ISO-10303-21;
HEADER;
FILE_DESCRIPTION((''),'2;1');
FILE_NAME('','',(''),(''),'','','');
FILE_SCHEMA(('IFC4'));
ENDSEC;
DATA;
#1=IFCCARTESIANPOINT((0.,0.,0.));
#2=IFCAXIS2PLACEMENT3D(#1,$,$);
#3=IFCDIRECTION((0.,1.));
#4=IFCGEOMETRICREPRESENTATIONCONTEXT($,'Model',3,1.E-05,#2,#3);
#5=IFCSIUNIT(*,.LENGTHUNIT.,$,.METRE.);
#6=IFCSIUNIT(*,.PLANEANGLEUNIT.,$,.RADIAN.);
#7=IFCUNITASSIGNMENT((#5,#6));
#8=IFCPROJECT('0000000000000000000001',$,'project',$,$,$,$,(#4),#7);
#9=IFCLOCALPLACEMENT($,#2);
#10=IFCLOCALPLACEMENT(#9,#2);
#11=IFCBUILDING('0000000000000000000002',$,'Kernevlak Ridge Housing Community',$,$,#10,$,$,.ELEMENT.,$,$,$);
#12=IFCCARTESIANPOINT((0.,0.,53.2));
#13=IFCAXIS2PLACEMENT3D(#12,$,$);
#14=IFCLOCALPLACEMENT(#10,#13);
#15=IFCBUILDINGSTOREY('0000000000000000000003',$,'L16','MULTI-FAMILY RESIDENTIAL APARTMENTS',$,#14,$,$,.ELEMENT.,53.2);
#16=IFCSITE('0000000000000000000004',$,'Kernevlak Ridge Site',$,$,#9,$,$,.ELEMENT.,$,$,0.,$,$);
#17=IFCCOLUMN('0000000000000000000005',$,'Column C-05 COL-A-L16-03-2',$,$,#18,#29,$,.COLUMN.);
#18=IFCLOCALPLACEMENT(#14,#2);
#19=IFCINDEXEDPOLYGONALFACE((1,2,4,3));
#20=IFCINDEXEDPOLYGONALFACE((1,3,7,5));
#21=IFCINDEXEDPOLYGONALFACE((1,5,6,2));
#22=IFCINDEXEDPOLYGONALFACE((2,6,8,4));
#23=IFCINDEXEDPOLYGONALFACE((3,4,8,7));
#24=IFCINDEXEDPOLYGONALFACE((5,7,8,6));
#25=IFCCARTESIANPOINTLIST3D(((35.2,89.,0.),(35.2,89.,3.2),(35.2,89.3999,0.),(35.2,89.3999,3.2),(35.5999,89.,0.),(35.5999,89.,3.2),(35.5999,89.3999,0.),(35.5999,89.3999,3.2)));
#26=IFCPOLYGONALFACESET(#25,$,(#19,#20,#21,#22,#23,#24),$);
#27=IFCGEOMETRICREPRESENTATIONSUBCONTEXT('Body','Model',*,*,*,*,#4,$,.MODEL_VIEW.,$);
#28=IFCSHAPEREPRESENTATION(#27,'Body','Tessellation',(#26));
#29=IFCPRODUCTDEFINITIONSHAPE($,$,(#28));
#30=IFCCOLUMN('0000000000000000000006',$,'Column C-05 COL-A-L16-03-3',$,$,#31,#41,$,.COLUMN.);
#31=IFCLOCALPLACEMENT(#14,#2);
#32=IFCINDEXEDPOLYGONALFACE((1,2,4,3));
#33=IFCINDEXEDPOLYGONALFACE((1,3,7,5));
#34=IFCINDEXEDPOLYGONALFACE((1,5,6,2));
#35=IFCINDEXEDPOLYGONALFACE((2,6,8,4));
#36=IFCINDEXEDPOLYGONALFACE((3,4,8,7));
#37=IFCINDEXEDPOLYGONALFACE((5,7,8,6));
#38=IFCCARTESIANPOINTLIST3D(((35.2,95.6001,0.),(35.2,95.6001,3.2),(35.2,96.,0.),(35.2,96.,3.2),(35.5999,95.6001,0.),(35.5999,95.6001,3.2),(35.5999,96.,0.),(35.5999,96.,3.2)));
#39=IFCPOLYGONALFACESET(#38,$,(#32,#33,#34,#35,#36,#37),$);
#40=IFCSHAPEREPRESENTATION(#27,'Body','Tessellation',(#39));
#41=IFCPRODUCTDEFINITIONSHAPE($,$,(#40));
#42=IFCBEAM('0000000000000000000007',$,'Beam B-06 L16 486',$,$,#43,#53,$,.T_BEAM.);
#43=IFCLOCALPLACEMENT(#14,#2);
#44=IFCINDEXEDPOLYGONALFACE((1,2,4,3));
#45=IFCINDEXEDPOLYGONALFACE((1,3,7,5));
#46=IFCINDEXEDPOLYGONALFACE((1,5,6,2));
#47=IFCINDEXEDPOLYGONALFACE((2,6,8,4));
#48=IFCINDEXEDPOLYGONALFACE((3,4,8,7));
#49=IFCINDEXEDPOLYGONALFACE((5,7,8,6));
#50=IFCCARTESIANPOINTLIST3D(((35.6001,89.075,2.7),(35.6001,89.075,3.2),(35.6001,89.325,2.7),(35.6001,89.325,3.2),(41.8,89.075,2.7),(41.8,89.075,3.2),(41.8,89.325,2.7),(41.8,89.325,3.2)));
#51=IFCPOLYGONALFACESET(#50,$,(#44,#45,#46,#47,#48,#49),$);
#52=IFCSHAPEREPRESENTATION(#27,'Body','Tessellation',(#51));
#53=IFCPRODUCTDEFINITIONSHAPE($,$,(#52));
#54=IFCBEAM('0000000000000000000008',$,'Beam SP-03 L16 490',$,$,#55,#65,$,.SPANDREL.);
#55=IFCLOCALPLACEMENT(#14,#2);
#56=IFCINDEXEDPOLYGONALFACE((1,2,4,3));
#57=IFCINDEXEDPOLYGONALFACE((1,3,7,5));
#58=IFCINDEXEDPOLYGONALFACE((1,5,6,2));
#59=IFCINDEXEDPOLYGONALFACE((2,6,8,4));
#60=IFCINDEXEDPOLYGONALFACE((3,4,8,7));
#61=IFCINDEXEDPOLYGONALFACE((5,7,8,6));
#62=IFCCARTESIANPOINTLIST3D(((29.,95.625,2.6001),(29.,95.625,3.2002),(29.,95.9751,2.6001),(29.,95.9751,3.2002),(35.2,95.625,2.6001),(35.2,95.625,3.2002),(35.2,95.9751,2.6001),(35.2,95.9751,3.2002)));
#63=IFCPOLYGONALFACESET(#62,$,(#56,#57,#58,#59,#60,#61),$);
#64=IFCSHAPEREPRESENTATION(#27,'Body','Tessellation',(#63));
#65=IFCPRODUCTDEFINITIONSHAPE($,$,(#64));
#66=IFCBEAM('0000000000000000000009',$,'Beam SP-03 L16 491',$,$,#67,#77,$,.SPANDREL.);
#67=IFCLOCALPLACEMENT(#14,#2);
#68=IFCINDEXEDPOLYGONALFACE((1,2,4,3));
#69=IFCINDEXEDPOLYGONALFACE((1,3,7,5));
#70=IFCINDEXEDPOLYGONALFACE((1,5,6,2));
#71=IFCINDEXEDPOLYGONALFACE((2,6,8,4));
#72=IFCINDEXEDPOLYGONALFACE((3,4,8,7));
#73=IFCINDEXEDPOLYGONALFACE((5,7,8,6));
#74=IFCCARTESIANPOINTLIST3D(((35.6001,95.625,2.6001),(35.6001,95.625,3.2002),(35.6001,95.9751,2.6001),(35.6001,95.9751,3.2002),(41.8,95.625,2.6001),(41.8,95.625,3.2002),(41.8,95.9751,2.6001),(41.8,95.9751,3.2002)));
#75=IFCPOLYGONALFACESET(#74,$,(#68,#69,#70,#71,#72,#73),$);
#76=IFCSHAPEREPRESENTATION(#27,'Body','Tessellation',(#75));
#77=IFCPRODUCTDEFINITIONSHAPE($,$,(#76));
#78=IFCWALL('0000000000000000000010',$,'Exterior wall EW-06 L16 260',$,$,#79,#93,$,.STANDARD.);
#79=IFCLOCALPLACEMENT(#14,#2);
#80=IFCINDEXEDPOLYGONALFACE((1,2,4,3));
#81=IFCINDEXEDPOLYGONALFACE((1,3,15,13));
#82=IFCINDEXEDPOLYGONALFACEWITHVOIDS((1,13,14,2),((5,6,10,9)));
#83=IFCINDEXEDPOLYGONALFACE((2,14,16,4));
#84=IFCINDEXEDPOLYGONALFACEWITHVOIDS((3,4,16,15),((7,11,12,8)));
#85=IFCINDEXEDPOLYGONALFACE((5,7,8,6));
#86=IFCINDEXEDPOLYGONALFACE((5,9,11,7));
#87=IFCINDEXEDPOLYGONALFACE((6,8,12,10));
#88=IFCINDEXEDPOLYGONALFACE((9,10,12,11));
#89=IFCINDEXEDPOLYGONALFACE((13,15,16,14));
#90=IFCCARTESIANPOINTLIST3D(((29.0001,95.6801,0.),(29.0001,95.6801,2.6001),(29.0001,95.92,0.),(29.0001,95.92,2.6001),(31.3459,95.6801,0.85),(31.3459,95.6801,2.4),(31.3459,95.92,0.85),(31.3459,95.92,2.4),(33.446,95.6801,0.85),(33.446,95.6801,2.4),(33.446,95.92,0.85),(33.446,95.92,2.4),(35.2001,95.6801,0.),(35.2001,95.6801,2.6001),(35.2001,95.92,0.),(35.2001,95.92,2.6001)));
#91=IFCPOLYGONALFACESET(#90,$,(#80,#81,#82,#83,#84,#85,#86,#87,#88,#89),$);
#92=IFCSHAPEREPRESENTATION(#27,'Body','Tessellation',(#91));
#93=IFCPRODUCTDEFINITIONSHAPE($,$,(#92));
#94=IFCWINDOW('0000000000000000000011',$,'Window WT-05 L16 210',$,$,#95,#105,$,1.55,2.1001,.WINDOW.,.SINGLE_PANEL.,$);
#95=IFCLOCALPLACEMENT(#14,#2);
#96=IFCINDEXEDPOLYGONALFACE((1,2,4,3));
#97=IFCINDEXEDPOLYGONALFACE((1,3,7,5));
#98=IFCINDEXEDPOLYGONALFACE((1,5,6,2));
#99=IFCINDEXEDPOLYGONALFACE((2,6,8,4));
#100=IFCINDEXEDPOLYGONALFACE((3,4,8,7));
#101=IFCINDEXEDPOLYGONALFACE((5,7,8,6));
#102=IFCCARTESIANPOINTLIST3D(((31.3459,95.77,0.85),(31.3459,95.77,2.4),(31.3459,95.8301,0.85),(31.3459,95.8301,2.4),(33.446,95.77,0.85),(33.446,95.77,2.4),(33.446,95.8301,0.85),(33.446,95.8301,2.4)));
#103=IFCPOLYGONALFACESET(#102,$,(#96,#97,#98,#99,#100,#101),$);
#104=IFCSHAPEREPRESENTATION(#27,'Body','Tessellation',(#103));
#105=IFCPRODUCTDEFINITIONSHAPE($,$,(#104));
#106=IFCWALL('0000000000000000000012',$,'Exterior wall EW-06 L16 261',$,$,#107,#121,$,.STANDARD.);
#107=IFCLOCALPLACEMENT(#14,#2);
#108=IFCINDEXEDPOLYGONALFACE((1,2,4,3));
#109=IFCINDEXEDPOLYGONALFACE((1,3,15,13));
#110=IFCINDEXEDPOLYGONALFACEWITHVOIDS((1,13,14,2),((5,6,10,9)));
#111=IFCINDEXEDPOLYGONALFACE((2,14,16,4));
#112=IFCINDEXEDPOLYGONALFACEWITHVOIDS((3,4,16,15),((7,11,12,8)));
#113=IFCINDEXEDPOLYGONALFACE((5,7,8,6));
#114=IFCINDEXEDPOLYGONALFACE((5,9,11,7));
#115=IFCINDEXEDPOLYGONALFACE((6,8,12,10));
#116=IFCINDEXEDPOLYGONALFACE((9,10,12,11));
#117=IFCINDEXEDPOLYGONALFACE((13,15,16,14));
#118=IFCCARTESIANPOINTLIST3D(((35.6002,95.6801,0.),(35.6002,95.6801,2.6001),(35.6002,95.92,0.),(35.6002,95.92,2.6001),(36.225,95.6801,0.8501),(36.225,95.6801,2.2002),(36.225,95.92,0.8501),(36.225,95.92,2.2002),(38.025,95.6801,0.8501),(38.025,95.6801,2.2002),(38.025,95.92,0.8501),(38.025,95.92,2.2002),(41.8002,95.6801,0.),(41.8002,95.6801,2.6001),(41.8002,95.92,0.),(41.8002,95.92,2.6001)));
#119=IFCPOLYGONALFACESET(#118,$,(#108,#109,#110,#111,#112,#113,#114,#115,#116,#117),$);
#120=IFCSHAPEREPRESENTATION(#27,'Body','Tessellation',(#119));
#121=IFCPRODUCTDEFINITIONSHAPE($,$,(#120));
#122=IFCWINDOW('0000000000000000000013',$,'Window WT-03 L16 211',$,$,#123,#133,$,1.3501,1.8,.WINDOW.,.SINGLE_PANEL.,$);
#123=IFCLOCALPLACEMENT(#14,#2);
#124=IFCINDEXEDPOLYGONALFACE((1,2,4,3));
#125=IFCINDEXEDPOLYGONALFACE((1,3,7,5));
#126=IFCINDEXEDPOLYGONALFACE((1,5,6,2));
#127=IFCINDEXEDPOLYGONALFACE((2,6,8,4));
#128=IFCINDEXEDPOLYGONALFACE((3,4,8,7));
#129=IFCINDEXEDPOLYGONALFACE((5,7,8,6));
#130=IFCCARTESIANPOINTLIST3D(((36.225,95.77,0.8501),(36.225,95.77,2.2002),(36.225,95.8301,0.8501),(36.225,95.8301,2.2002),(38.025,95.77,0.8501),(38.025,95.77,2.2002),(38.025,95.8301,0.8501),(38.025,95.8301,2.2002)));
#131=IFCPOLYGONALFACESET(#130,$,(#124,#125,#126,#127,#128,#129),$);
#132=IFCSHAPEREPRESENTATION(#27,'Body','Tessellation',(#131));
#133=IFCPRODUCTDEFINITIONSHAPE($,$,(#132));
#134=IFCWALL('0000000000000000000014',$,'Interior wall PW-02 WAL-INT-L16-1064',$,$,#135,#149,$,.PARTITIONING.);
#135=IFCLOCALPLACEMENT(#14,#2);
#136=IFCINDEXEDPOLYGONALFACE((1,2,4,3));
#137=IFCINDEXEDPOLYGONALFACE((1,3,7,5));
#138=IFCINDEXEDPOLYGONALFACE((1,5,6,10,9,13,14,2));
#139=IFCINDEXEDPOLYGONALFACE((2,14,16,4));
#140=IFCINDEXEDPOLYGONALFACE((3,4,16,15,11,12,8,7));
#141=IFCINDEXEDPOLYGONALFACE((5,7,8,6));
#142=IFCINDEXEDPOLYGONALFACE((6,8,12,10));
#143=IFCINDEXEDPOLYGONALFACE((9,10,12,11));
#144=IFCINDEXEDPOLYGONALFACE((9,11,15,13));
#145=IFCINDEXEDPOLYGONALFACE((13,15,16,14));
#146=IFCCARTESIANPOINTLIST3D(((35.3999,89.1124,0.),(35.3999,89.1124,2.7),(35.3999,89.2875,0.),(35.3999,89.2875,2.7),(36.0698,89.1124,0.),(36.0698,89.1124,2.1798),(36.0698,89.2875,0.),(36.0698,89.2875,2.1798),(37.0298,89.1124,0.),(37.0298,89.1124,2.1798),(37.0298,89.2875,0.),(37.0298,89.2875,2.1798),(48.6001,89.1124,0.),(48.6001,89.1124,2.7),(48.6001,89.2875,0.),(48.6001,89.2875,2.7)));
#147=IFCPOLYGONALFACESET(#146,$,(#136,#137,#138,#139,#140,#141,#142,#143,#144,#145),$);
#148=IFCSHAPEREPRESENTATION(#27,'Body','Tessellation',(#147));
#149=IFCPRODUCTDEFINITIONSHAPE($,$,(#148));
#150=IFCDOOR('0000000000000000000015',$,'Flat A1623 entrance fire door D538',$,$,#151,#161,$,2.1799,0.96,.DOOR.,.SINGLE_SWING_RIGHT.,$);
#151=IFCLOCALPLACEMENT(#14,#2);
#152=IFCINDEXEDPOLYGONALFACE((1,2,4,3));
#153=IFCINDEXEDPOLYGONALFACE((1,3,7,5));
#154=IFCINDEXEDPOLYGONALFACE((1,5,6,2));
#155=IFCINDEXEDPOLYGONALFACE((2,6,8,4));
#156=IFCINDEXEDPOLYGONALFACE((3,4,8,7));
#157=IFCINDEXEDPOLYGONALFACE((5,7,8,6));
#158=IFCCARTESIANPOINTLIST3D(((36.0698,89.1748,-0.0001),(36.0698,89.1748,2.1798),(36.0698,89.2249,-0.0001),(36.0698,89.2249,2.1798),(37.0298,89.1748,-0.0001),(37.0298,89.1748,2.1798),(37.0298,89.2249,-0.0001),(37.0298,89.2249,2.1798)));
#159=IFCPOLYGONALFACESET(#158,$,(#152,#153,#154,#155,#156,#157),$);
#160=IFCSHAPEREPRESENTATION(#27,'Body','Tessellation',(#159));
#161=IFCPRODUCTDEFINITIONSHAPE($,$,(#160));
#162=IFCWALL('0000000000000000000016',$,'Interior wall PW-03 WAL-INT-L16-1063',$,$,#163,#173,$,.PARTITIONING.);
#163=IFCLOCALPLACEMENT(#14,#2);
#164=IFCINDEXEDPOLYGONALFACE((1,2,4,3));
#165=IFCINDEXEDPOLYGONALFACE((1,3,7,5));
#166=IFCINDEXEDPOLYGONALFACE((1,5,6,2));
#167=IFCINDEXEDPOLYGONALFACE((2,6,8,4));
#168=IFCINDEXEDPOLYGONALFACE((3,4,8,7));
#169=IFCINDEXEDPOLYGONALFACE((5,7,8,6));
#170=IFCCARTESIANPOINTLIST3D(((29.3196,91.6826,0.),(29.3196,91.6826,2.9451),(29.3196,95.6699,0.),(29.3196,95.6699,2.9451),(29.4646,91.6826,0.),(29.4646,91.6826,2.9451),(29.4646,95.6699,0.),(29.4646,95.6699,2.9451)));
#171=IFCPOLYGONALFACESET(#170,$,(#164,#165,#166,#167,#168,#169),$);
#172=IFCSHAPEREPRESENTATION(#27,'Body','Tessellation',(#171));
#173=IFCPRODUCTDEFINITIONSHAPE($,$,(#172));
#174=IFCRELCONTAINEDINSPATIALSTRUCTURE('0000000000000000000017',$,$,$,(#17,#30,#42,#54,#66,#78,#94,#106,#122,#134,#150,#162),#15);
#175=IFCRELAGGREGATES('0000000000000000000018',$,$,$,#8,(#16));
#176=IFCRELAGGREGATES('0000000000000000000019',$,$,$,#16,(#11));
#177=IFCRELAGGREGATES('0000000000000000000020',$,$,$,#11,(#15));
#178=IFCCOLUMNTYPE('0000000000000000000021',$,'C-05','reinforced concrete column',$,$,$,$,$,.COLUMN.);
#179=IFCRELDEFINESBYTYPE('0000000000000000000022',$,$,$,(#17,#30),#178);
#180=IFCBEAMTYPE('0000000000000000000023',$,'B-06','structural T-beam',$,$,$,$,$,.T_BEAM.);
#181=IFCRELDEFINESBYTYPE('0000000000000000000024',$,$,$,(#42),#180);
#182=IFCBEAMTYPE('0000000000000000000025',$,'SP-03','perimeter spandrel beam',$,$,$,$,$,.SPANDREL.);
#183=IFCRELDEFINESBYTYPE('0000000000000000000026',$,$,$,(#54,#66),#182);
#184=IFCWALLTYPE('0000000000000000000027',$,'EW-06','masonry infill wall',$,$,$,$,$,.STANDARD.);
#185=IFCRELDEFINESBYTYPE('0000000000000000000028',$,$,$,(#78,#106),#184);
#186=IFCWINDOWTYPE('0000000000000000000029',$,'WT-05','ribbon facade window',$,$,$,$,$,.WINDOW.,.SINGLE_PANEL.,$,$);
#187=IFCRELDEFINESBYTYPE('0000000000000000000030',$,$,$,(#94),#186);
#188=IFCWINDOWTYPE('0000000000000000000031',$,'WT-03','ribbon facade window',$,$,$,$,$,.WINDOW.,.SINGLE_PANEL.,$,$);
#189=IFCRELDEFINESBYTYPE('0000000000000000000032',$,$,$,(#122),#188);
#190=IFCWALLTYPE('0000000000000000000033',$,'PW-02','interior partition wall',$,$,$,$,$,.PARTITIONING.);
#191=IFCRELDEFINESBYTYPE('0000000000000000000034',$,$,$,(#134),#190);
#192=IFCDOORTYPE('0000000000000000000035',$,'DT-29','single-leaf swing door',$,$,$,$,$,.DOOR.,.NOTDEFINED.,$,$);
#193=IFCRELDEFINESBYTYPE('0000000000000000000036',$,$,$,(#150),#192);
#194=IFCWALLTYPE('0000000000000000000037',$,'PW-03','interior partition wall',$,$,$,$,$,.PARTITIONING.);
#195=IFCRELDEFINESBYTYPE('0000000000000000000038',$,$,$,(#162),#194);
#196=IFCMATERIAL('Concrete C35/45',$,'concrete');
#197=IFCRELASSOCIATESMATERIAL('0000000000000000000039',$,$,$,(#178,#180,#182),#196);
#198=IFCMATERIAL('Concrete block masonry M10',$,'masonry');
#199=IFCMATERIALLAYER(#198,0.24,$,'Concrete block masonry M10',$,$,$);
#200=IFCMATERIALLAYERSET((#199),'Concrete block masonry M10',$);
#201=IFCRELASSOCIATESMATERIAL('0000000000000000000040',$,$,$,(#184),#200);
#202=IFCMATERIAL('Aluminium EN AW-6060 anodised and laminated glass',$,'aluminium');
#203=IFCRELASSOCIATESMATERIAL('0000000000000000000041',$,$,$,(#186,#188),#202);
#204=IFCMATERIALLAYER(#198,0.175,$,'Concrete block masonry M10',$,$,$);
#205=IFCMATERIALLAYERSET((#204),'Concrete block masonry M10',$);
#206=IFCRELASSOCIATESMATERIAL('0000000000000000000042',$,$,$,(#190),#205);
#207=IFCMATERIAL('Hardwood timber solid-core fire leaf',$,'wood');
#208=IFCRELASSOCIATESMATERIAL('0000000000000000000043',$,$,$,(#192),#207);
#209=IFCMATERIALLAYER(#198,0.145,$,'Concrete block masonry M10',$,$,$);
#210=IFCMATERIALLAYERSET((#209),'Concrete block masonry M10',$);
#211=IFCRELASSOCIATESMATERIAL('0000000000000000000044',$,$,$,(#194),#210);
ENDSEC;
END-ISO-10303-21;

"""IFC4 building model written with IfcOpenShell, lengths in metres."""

from ifc_helpers import new_model, si_unit, direction, frame, frame_2d, origin, origin_2d, place, context, subcontext, project, spatial, rectangle, extrude, material, layer, layer_set, material_profile, profile_set, type_object, element, fill, save


model = new_model("IFC4")

# Units and contexts
model_context = context("Model", 3, precision=1e-05, world=origin(), true_north=direction((0.0, 1.0)))
body_context = subcontext(model_context, "Body", "Model", "MODEL_VIEW")
ifc_project = project(units=[si_unit("LENGTHUNIT", "METRE"), si_unit("PLANEANGLEUNIT", "RADIAN")], contexts=[model_context])

# Site, building, storey
site_placement = place(None, origin())
site = spatial("IfcSite", under=ifc_project, at=site_placement, Name="Kernevlak Ridge Site", CompositionType="ELEMENT", RefElevation=0.0)
building_placement = place(site_placement, origin())
building = spatial("IfcBuilding", under=site, at=building_placement, Name="Kernevlak Ridge Housing Community", CompositionType="ELEMENT")
storey_placement = place(building_placement, frame((0.0, 0.0, 53.2)))
storey = spatial("IfcBuildingStorey", under=building, at=storey_placement, Name="L16", Description="MULTI-FAMILY RESIDENTIAL APARTMENTS", CompositionType="ELEMENT", Elevation=53.2)

# Columns
ifc_material_1 = material(Name="Concrete C35/45", Category="concrete")
ifc_material_profile_1 = material_profile(ifc_material_1, rectangle(XDim=0.3999, YDim=0.3999, at=origin_2d()), Name="RC 400x400")
ifc_profile_set_1 = profile_set([ifc_material_profile_1], Name="Concrete C35/45")
column_type = type_object("IfcColumnType", Name="C-05", Description="reinforced concrete column", PredefinedType="COLUMN", material=ifc_profile_set_1)
for number, where, z_axis, x_axis, name in (
    (1, (35.3999, 89.2, 0.0), (0.0, 0.0, 1.0), (1.0, 0.0, 0.0), "Column C-05 COL-A-L16-03-2"),
    (2, (35.3999, 95.8, 0.0), (0.0, 0.0, 1.0), (1.0, 0.0, 0.0), "Column C-05 COL-A-L16-03-3"),
):
    element("IfcColumn", number, at=place(storey_placement, frame(where, z_axis=z_axis, x_axis=x_axis)), inside=storey, type_object=column_type, Name=name, PredefinedType="COLUMN", context=body_context, shape_type="SweptSolid", body=[
        extrude(rectangle(XDim=0.3999, YDim=0.3999, at=origin_2d()), origin(), (0.0, 0.0, 1.0), 3.2),
    ])

# Beams
ifc_material_profile_2 = material_profile(ifc_material_1, rectangle(XDim=0.25, YDim=0.5, at=origin_2d()), Name="RC 250x500")
ifc_profile_set_2 = profile_set([ifc_material_profile_2], Name="Concrete C35/45")
beam_type_1 = type_object("IfcBeamType", Name="B-06", Description="structural T-beam", PredefinedType="T_BEAM", material=ifc_profile_set_2)
beam_placement = place(storey_placement, frame((35.6001, 89.2, 2.95), z_axis=(1.0, 0.0, 0.0), x_axis=(0.0, 1.0, 0.0)))
element("IfcBeam", 3, at=beam_placement, inside=storey, type_object=beam_type_1, Name="Beam B-06 L16 486", PredefinedType="T_BEAM", context=body_context, shape_type="SweptSolid", body=[
    extrude(rectangle(XDim=0.25, YDim=0.5, at=origin_2d()), origin(), (0.0, 0.0, 1.0), 6.2),
])
ifc_material_profile_3 = material_profile(ifc_material_1, rectangle(XDim=0.3501, YDim=0.6001, at=origin_2d()), Name="RC 350x600")
ifc_profile_set_3 = profile_set([ifc_material_profile_3], Name="Concrete C35/45")
beam_type_2 = type_object("IfcBeamType", Name="SP-03", Description="perimeter spandrel beam", PredefinedType="SPANDREL", material=ifc_profile_set_3)
for number, where, z_axis, x_axis, name in (
    (4, (29.0, 95.8, 2.9001), (1.0, 0.0, 0.0), (0.0, 1.0, 0.0), "Beam SP-03 L16 490"),
    (5, (35.6001, 95.8, 2.9001), (1.0, 0.0, 0.0), (0.0, 1.0, 0.0), "Beam SP-03 L16 491"),
):
    element("IfcBeam", number, at=place(storey_placement, frame(where, z_axis=z_axis, x_axis=x_axis)), inside=storey, type_object=beam_type_2, Name=name, PredefinedType="SPANDREL", context=body_context, shape_type="SweptSolid", body=[
        extrude(rectangle(XDim=0.3501, YDim=0.6001, at=origin_2d()), origin(), (0.0, 0.0, 1.0), 6.2),
    ])

# Walls, openings, windows
ifc_material_2 = material(Name="Concrete block masonry M10", Category="masonry")
ifc_layer_1 = layer(ifc_material_2, 0.24, Name="Concrete block masonry M10")
ifc_layer_set_1 = layer_set([ifc_layer_1], Name="Concrete block masonry M10")
wall_type_1 = type_object("IfcWallType", Name="EW-06", Description="masonry infill wall", PredefinedType="STANDARD", material=ifc_layer_set_1)
wall_1_placement = place(storey_placement, frame((29.0, 95.8, 0.0), z_axis=(0.0, 0.0, 1.0), x_axis=(1.0, 0.0, 0.0)))
wall_1 = element("IfcWall", 6, at=wall_1_placement, inside=storey, type_object=wall_type_1, Name="Exterior wall EW-06 L16 260", PredefinedType="STANDARD", context=body_context, shape_type="SweptSolid", body=[
    extrude(rectangle(XDim=6.2, YDim=0.24, at=frame_2d((3.1001, 0.0))), origin(), (0.0, 0.0, 1.0), 2.6001),
])
opening_1_placement = place(wall_1_placement, frame((2.3459, 0.0, 0.8501)))
opening_1 = element("IfcOpeningElement", 7, at=opening_1_placement, cuts=wall_1, PredefinedType="OPENING", context=body_context, shape_type="SweptSolid", body=[
    extrude(rectangle(XDim=2.1001, YDim=1.55, at=frame_2d((1.05, 0.7749))), frame((0.0, 0.1299, 0.0), z_axis=(0.0, -1.0, 0.0), x_axis=(1.0, 0.0, 0.0)), (0.0, 0.0, 1.0), 0.26),
])
ifc_material_3 = material(Name="Aluminium EN AW-6060 anodised and laminated glass", Category="aluminium")
window_type_1 = type_object("IfcWindowType", Name="WT-05", Description="ribbon facade window", PartitioningType="SINGLE_PANEL", PredefinedType="WINDOW", material=ifc_material_3)
window_1_placement = place(opening_1_placement, origin())
window_1 = element("IfcWindow", 8, at=window_1_placement, inside=storey, type_object=window_type_1, Name="Window WT-05 L16 210", OverallHeight=1.55, OverallWidth=2.1001, PartitioningType="SINGLE_PANEL", PredefinedType="WINDOW", context=body_context, shape_type="SweptSolid", body=[
    extrude(rectangle(XDim=2.1001, YDim=1.55, at=frame_2d((1.05, 0.7749))), frame((0.0, 0.03, 0.0), z_axis=(0.0, -1.0, 0.0), x_axis=(1.0, 0.0, 0.0)), (0.0, 0.0, 1.0), 0.0601),
])
fill(opening_1, window_1)
wall_2_placement = place(storey_placement, frame((35.6001, 95.8, 0.0), z_axis=(0.0, 0.0, 1.0), x_axis=(1.0, 0.0, 0.0)))
wall_2 = element("IfcWall", 9, at=wall_2_placement, inside=storey, type_object=wall_type_1, Name="Exterior wall EW-06 L16 261", PredefinedType="STANDARD", context=body_context, shape_type="SweptSolid", body=[
    extrude(rectangle(XDim=6.2, YDim=0.24, at=frame_2d((3.1001, 0.0))), origin(), (0.0, 0.0, 1.0), 2.6001),
])
opening_2_placement = place(wall_2_placement, frame((0.625, 0.0, 0.8501)))
opening_2 = element("IfcOpeningElement", 10, at=opening_2_placement, cuts=wall_2, PredefinedType="OPENING", context=body_context, shape_type="SweptSolid", body=[
    extrude(rectangle(XDim=1.8, YDim=1.3501, at=frame_2d((0.8999, 0.675))), frame((0.0, 0.1299, 0.0), z_axis=(0.0, -1.0, 0.0), x_axis=(1.0, 0.0, 0.0)), (0.0, 0.0, 1.0), 0.26),
])
window_type_2 = type_object("IfcWindowType", Name="WT-03", Description="ribbon facade window", PartitioningType="SINGLE_PANEL", PredefinedType="WINDOW", material=ifc_material_3)
window_2_placement = place(opening_2_placement, origin())
window_2 = element("IfcWindow", 11, at=window_2_placement, inside=storey, type_object=window_type_2, Name="Window WT-03 L16 211", OverallHeight=1.3501, OverallWidth=1.8, PartitioningType="SINGLE_PANEL", PredefinedType="WINDOW", context=body_context, shape_type="SweptSolid", body=[
    extrude(rectangle(XDim=1.8, YDim=1.3501, at=frame_2d((0.8999, 0.675))), frame((0.0, 0.03, 0.0), z_axis=(0.0, -1.0, 0.0), x_axis=(1.0, 0.0, 0.0)), (0.0, 0.0, 1.0), 0.0601),
])
fill(opening_2, window_2)

# Wall, opening, door
ifc_layer_2 = layer(ifc_material_2, 0.175, Name="Concrete block masonry M10")
ifc_layer_set_2 = layer_set([ifc_layer_2], Name="Concrete block masonry M10")
wall_type_2 = type_object("IfcWallType", Name="PW-02", Description="interior partition wall", PredefinedType="PARTITIONING", material=ifc_layer_set_2)
wall_3_placement = place(storey_placement, frame((35.3999, 89.2, 0.0), z_axis=(0.0, 0.0, 1.0), x_axis=(1.0, 0.0, 0.0)))
wall_3 = element("IfcWall", 12, at=wall_3_placement, inside=storey, type_object=wall_type_2, Name="Interior wall PW-02 WAL-INT-L16-1064", PredefinedType="PARTITIONING", context=body_context, shape_type="SweptSolid", body=[
    extrude(rectangle(XDim=13.2002, YDim=0.175, at=frame_2d((6.6001, 0.0))), origin(), (0.0, 0.0, 1.0), 2.7),
])
opening_3_placement = place(wall_3_placement, frame((0.6699, 0.0, 0.0)))
opening_3 = element("IfcOpeningElement", 13, at=opening_3_placement, cuts=wall_3, PredefinedType="OPENING", context=body_context, shape_type="SweptSolid", body=[
    extrude(rectangle(XDim=0.96, YDim=2.1799, at=frame_2d((0.48, 1.0898))), frame((0.0, 0.0974, 0.0), z_axis=(0.0, -1.0, 0.0), x_axis=(1.0, 0.0, 0.0)), (0.0, 0.0, 1.0), 0.1951),
])
ifc_material_4 = material(Name="Hardwood timber solid-core fire leaf", Category="wood")
door_type_1 = type_object("IfcDoorType", Name="DT-29", Description="single-leaf swing door", OperationType="NOTDEFINED", PredefinedType="DOOR", material=ifc_material_4)
door_1_placement = place(opening_3_placement, origin())
door_1 = element("IfcDoor", 14, at=door_1_placement, inside=storey, type_object=door_type_1, Name="Flat A1623 entrance fire door D538", OperationType="SINGLE_SWING_RIGHT", OverallHeight=2.1799, OverallWidth=0.96, PredefinedType="DOOR", context=body_context, shape_type="SweptSolid", body=[
    extrude(rectangle(XDim=0.96, YDim=2.1799, at=frame_2d((0.48, 1.0898))), frame((0.0, 0.0249, 0.0), z_axis=(0.0, -1.0, 0.0), x_axis=(1.0, 0.0, 0.0)), (0.0, 0.0, 1.0), 0.05),
])
fill(opening_3, door_1)

# Wall
ifc_layer_3 = layer(ifc_material_2, 0.145, Name="Concrete block masonry M10")
ifc_layer_set_3 = layer_set([ifc_layer_3], Name="Concrete block masonry M10")
wall_type_3 = type_object("IfcWallType", Name="PW-03", Description="interior partition wall", PredefinedType="PARTITIONING", material=ifc_layer_set_3)
wall_4_placement = place(storey_placement, frame((29.3921, 91.6826, 0.0), z_axis=(0.0, 0.0, 1.0), x_axis=(0.0, 1.0, 0.0)))
element("IfcWall", 15, at=wall_4_placement, inside=storey, type_object=wall_type_3, Name="Interior wall PW-03 WAL-INT-L16-1063", PredefinedType="PARTITIONING", context=body_context, shape_type="SweptSolid", body=[
    extrude(rectangle(XDim=3.9873, YDim=0.145, at=frame_2d((1.9937, 0.0))), origin(), (0.0, 0.0, 1.0), 2.9451),
])

save(model, "model.ifc")
